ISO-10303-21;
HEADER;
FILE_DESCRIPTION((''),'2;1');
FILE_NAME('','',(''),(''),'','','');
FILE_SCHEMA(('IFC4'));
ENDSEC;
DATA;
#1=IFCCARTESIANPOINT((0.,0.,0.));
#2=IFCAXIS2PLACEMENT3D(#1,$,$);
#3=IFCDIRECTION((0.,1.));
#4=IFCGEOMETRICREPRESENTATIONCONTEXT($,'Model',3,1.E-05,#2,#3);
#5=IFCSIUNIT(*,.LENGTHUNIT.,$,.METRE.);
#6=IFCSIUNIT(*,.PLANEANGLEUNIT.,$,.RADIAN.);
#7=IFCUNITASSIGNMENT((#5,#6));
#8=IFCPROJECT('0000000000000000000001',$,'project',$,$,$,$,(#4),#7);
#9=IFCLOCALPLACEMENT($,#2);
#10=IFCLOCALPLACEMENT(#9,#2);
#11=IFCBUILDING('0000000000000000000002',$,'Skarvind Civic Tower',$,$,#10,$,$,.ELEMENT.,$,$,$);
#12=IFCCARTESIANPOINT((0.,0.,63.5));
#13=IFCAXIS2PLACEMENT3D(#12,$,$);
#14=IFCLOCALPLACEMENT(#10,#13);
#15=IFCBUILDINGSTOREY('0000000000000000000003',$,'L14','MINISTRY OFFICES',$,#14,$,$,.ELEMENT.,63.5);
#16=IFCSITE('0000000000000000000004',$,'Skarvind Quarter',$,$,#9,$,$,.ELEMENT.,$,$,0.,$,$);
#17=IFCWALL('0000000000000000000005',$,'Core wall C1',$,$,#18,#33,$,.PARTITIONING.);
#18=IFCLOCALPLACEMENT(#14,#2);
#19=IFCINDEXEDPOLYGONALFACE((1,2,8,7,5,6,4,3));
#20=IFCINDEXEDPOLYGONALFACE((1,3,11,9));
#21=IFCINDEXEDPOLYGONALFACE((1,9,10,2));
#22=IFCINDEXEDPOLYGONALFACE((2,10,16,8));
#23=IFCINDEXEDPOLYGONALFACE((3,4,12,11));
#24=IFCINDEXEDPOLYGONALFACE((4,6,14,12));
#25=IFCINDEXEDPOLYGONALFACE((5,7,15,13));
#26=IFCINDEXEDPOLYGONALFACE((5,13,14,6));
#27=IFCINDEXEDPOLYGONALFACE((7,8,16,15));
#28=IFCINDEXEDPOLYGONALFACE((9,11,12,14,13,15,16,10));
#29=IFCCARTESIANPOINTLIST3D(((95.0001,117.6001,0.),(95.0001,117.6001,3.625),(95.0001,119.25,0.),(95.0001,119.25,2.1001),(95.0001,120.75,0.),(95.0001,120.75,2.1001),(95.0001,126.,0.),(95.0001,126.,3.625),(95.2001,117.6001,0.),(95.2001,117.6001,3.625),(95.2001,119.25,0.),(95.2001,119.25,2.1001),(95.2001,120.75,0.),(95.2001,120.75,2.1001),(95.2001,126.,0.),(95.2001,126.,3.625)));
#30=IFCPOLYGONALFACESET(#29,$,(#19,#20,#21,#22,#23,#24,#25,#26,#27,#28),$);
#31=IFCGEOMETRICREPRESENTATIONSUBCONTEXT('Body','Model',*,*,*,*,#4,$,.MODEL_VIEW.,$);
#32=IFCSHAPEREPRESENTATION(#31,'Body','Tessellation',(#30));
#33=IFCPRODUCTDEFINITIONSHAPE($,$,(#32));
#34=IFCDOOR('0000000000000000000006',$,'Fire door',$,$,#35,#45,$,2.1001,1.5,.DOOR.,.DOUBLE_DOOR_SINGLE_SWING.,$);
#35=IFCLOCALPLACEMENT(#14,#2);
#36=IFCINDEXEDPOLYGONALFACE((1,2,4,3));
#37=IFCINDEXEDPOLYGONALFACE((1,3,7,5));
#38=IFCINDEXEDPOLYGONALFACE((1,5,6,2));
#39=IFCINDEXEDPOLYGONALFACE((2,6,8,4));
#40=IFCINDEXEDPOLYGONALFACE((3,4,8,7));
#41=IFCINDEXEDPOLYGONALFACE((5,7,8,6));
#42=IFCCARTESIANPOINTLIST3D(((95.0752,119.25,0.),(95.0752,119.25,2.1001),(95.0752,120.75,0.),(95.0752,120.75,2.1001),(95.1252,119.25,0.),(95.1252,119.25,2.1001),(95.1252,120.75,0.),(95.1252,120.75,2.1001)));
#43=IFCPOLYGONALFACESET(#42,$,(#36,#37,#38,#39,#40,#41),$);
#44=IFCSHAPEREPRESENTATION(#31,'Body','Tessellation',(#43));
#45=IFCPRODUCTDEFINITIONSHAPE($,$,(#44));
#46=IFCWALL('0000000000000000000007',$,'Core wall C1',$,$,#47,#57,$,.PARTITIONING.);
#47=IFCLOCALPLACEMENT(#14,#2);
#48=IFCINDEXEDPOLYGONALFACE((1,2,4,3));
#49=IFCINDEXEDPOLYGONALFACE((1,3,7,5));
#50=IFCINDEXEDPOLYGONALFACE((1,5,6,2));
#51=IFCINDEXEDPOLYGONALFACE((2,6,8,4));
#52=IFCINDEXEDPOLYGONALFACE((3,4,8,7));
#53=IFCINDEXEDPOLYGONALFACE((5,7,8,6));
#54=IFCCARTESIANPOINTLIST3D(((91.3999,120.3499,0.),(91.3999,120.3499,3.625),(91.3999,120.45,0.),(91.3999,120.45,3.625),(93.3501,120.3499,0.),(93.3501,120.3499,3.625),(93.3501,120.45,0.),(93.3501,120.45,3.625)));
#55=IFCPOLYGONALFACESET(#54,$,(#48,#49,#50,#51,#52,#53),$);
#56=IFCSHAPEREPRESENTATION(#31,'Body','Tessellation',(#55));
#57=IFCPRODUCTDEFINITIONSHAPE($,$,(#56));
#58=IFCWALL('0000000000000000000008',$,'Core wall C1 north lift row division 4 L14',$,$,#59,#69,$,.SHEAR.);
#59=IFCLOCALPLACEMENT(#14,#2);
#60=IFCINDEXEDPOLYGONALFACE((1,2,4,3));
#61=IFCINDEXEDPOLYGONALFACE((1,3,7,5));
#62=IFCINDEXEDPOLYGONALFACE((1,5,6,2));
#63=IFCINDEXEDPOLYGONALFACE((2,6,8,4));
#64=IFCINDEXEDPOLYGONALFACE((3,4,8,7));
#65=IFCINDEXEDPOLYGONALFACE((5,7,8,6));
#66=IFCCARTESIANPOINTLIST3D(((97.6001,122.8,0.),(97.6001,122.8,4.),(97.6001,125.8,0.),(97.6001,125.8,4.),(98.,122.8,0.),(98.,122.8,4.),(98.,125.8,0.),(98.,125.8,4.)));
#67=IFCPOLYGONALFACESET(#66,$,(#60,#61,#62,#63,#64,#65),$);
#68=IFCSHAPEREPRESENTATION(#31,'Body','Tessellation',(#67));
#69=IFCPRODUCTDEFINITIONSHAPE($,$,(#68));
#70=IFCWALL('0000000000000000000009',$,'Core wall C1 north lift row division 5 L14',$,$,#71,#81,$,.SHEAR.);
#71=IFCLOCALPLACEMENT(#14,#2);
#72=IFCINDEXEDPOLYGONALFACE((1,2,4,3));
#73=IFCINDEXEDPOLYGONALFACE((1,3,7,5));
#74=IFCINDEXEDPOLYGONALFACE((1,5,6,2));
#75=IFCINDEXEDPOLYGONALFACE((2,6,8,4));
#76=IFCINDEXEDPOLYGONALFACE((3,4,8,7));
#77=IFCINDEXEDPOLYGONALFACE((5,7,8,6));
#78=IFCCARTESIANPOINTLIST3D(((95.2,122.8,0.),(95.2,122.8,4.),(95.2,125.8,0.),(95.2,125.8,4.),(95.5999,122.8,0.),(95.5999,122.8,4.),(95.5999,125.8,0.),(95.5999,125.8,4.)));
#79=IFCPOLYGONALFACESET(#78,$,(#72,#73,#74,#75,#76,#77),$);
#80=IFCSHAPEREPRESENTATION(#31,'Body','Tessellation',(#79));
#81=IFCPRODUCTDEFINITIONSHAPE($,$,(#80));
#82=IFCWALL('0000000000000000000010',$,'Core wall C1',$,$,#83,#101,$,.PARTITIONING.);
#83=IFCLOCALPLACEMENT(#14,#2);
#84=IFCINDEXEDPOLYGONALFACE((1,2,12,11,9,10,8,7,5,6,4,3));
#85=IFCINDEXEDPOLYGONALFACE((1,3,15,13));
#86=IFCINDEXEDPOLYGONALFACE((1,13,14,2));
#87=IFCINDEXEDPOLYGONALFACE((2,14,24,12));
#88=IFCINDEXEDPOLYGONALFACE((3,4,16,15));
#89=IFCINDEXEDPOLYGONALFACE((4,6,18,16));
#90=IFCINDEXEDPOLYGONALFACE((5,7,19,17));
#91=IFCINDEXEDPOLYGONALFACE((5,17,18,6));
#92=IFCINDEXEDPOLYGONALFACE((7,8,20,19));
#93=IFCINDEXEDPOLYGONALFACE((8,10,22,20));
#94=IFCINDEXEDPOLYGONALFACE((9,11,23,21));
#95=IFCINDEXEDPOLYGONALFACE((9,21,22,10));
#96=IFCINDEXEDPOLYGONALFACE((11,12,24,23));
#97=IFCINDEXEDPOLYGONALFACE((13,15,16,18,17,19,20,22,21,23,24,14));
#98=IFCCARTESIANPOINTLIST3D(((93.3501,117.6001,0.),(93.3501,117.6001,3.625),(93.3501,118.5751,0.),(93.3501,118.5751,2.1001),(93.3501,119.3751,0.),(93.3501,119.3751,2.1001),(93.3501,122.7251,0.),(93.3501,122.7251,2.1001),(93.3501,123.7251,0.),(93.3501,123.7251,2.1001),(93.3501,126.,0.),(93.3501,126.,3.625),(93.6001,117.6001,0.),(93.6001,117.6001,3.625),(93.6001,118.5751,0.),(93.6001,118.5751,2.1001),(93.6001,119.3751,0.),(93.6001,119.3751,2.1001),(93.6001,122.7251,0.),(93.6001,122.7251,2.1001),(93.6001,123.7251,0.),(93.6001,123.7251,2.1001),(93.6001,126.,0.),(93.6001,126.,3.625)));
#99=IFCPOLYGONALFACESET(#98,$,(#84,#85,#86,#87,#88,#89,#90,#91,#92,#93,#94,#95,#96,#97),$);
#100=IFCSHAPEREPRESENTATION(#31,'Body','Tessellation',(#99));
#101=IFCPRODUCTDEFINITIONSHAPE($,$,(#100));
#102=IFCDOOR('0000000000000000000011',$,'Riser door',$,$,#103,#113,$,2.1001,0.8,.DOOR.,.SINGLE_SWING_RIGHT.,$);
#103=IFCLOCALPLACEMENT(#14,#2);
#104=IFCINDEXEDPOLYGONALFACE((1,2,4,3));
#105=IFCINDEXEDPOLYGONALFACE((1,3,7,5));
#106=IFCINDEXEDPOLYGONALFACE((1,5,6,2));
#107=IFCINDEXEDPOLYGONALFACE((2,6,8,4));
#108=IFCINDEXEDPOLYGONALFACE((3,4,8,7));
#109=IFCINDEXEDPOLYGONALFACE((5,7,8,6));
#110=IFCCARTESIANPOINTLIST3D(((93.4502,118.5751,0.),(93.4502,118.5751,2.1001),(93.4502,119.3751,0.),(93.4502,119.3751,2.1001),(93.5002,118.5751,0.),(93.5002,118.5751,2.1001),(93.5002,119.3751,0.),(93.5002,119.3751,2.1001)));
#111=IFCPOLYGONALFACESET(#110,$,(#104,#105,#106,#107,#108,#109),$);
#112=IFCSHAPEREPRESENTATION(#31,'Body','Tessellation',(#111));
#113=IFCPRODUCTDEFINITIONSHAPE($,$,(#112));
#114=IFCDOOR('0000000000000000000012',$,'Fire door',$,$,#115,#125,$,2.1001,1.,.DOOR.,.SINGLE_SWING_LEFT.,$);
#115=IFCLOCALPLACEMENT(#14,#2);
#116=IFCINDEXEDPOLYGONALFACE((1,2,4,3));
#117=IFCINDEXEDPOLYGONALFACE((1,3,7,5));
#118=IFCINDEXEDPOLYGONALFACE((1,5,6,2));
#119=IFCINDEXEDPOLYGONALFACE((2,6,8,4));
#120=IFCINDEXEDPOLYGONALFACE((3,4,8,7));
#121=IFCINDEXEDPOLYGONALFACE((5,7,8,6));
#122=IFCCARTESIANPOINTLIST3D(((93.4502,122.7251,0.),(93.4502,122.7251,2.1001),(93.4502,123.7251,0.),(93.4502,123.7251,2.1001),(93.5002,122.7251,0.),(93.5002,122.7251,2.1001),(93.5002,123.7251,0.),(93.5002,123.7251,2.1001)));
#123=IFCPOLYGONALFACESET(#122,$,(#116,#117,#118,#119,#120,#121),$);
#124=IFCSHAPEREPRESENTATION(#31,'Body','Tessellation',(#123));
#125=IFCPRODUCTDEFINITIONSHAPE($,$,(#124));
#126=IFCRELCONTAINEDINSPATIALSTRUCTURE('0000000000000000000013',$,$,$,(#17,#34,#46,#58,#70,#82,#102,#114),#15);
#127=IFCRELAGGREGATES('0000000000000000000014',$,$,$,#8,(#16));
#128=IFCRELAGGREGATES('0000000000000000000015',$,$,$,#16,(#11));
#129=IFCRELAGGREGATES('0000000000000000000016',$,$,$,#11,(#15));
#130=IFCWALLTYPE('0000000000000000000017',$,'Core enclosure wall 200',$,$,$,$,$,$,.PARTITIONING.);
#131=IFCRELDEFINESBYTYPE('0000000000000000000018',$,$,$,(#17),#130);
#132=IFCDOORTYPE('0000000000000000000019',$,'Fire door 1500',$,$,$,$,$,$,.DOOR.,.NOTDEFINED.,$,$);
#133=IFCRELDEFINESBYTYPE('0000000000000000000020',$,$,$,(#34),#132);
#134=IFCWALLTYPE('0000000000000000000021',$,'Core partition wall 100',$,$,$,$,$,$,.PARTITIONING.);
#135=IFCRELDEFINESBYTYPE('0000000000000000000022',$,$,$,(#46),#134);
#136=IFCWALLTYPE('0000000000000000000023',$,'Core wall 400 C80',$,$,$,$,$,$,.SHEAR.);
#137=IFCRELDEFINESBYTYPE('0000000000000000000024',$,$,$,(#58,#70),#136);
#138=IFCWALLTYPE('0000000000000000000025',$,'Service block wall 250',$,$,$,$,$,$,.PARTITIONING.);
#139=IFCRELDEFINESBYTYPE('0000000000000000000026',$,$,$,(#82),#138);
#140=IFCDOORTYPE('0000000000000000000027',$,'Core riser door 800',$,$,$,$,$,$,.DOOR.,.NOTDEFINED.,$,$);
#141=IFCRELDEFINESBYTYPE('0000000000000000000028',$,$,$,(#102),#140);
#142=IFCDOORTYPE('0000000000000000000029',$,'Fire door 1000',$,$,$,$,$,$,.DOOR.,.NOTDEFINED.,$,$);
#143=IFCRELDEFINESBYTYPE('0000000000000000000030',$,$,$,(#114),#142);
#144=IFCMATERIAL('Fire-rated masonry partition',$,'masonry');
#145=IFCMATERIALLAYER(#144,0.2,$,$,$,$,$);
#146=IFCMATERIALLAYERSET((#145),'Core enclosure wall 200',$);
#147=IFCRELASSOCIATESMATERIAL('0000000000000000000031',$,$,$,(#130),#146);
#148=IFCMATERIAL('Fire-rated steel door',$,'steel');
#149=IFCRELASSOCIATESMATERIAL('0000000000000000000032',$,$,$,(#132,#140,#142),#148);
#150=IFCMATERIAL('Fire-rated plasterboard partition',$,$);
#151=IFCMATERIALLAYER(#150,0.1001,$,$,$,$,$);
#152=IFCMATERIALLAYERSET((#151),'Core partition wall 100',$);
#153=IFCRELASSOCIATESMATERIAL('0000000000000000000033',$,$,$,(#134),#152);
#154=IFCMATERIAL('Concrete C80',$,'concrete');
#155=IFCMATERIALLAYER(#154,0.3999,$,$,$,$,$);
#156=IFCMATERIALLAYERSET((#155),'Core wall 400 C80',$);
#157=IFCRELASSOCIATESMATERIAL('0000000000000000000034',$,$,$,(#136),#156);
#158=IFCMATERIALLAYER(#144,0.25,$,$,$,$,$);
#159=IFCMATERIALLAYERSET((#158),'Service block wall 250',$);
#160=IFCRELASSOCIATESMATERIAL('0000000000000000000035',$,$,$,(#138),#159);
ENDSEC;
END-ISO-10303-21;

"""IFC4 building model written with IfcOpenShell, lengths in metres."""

from ifc_helpers import new_model, si_unit, direction, frame, frame_2d, origin, place, context, subcontext, project, spatial, rectangle, extrude, material, layer, layer_set, type_object, element, fill, save


model = new_model("IFC4")

# Units and contexts
model_context = context("Model", 3, precision=1e-05, world=origin(), true_north=direction((0.0, 1.0)))
body_context = subcontext(model_context, "Body", "Model", "MODEL_VIEW")
ifc_project = project(units=[si_unit("LENGTHUNIT", "METRE"), si_unit("PLANEANGLEUNIT", "RADIAN")], contexts=[model_context])

# Site, building, storey
site_placement = place(None, origin())
site = spatial("IfcSite", under=ifc_project, at=site_placement, Name="Skarvind Quarter", CompositionType="ELEMENT", RefElevation=0.0)
building_placement = place(site_placement, origin())
building = spatial("IfcBuilding", under=site, at=building_placement, Name="Skarvind Civic Tower", CompositionType="ELEMENT")
storey_placement = place(building_placement, frame((0.0, 0.0, 63.5)))
storey = spatial("IfcBuildingStorey", under=building, at=storey_placement, Name="L14", Description="MINISTRY OFFICES", CompositionType="ELEMENT", Elevation=63.5)

# Shared definitions
ifc_material_1 = material(Name="Concrete C80", Category="concrete")

# Wall, opening, door
ifc_material_2 = material(Name="Fire-rated masonry partition", Category="masonry")
ifc_layer_1 = layer(ifc_material_2, 0.2)
ifc_layer_set_1 = layer_set([ifc_layer_1], Name="Core enclosure wall 200")
wall_type_1 = type_object("IfcWallType", Name="Core enclosure wall 200", PredefinedType="PARTITIONING", material=ifc_layer_set_1)
ifc_material_3 = material(Name="Fire-rated steel door", Category="steel")
wall_1_placement = place(storey_placement, frame((95.1001, 117.6001, 0.0), z_axis=(0.0, 0.0, 1.0), x_axis=(0.0, 1.0, 0.0)))
wall_1 = element("IfcWall", 1, at=wall_1_placement, inside=storey, type_object=wall_type_1, Name="Core wall C1", PredefinedType="PARTITIONING", context=body_context, shape_type="SweptSolid", body=[
    extrude(rectangle(XDim=8.3999, YDim=0.2, at=frame_2d((4.2, 0.0))), origin(), (0.0, 0.0, 1.0), 3.625),
])
opening_1_placement = place(wall_1_placement, frame((1.6499, 0.0, 0.0)))
opening_1 = element("IfcOpeningElement", 2, at=opening_1_placement, cuts=wall_1, PredefinedType="OPENING", context=body_context, shape_type="SweptSolid", body=[
    extrude(rectangle(XDim=1.5, YDim=2.1001, at=frame_2d((0.75, 1.05))), frame((0.0, 0.1099, 0.0), z_axis=(0.0, -1.0, 0.0), x_axis=(1.0, 0.0, 0.0)), (0.0, 0.0, 1.0), 0.22),
])
door_type_1 = type_object("IfcDoorType", Name="Fire door 1500", OperationType="NOTDEFINED", PredefinedType="DOOR", material=ifc_material_3)
door_1_placement = place(opening_1_placement, origin())
door_1 = element("IfcDoor", 3, at=door_1_placement, inside=storey, type_object=door_type_1, Name="Fire door", OperationType="DOUBLE_DOOR_SINGLE_SWING", OverallHeight=2.1001, OverallWidth=1.5, PredefinedType="DOOR", context=body_context, shape_type="SweptSolid", body=[
    extrude(rectangle(XDim=1.5, YDim=2.1001, at=frame_2d((0.75, 1.05))), frame((0.0, 0.0249, 0.0), z_axis=(0.0, -1.0, 0.0), x_axis=(1.0, 0.0, 0.0)), (0.0, 0.0, 1.0), 0.05),
])
fill(opening_1, door_1)

# Walls
ifc_material_4 = material(Name="Fire-rated plasterboard partition")
ifc_layer_2 = layer(ifc_material_4, 0.1001)
ifc_layer_set_2 = layer_set([ifc_layer_2], Name="Core partition wall 100")
wall_type_2 = type_object("IfcWallType", Name="Core partition wall 100", PredefinedType="PARTITIONING", material=ifc_layer_set_2)
wall_2_placement = place(storey_placement, frame((93.3501, 120.3999, 0.0), z_axis=(0.0, 0.0, 1.0), x_axis=(-1.0, 0.0, 0.0)))
element("IfcWall", 4, at=wall_2_placement, inside=storey, type_object=wall_type_2, Name="Core wall C1", PredefinedType="PARTITIONING", context=body_context, shape_type="SweptSolid", body=[
    extrude(rectangle(XDim=1.9502, YDim=0.1001, at=frame_2d((0.9751, 0.0))), origin(), (0.0, 0.0, 1.0), 3.625),
])
ifc_layer_3 = layer(ifc_material_1, 0.3999)
ifc_layer_set_3 = layer_set([ifc_layer_3], Name="Core wall 400 C80")
wall_type_3 = type_object("IfcWallType", Name="Core wall 400 C80", PredefinedType="SHEAR", material=ifc_layer_set_3)
for number, where, z_axis, x_axis, name in (
    (5, (97.8, 125.8, 0.0), (0.0, 0.0, 1.0), (0.0, -1.0, 0.0), "Core wall C1 north lift row division 4 L14"),
    (6, (95.3999, 125.8, 0.0), (0.0, 0.0, 1.0), (0.0, -1.0, 0.0), "Core wall C1 north lift row division 5 L14"),
):
    element("IfcWall", number, at=place(storey_placement, frame(where, z_axis=z_axis, x_axis=x_axis)), inside=storey, type_object=wall_type_3, Name=name, PredefinedType="SHEAR", context=body_context, shape_type="SweptSolid", body=[
        extrude(rectangle(XDim=3.0, YDim=0.3999, at=frame_2d((1.5, 0.0))), origin(), (0.0, 0.0, 1.0), 4.0),
    ])

# Wall, openings, doors
ifc_layer_4 = layer(ifc_material_2, 0.25)
ifc_layer_set_4 = layer_set([ifc_layer_4], Name="Service block wall 250")
wall_type_4 = type_object("IfcWallType", Name="Service block wall 250", PredefinedType="PARTITIONING", material=ifc_layer_set_4)
wall_3_placement = place(storey_placement, frame((93.4751, 117.6001, 0.0), z_axis=(0.0, 0.0, 1.0), x_axis=(0.0, 1.0, 0.0)))
wall_3 = element("IfcWall", 7, at=wall_3_placement, inside=storey, type_object=wall_type_4, Name="Core wall C1", PredefinedType="PARTITIONING", context=body_context, shape_type="SweptSolid", body=[
    extrude(rectangle(XDim=8.3999, YDim=0.25, at=frame_2d((4.2, 0.0))), origin(), (0.0, 0.0, 1.0), 3.625),
])
opening_2_placement = place(wall_3_placement, frame((5.125, 0.0, 0.0)))
opening_2 = element("IfcOpeningElement", 8, at=opening_2_placement, cuts=wall_3, PredefinedType="OPENING", context=body_context, shape_type="SweptSolid", body=[
    extrude(rectangle(XDim=1.0, YDim=2.1001, at=frame_2d((0.5, 1.05))), frame((0.0, 0.135, 0.0), z_axis=(0.0, -1.0, 0.0), x_axis=(1.0, 0.0, 0.0)), (0.0, 0.0, 1.0), 0.27),
])
opening_3_placement = place(wall_3_placement, frame((0.9751, 0.0, 0.0)))
opening_3 = element("IfcOpeningElement", 9, at=opening_3_placement, cuts=wall_3, PredefinedType="OPENING", context=body_context, shape_type="SweptSolid", body=[
    extrude(rectangle(XDim=0.8, YDim=2.1001, at=frame_2d((0.3999, 1.05))), frame((0.0, 0.135, 0.0), z_axis=(0.0, -1.0, 0.0), x_axis=(1.0, 0.0, 0.0)), (0.0, 0.0, 1.0), 0.27),
])
door_type_2 = type_object("IfcDoorType", Name="Core riser door 800", OperationType="NOTDEFINED", PredefinedType="DOOR", material=ifc_material_3)
door_2_placement = place(opening_3_placement, origin())
door_2 = element("IfcDoor", 10, at=door_2_placement, inside=storey, type_object=door_type_2, Name="Riser door", OperationType="SINGLE_SWING_RIGHT", OverallHeight=2.1001, OverallWidth=0.8, PredefinedType="DOOR", context=body_context, shape_type="SweptSolid", body=[
    extrude(rectangle(XDim=0.8, YDim=2.1001, at=frame_2d((0.3999, 1.05))), frame((0.0, 0.0249, 0.0), z_axis=(0.0, -1.0, 0.0), x_axis=(1.0, 0.0, 0.0)), (0.0, 0.0, 1.0), 0.05),
])
fill(opening_3, door_2)
door_type_3 = type_object("IfcDoorType", Name="Fire door 1000", OperationType="NOTDEFINED", PredefinedType="DOOR", material=ifc_material_3)
door_3_placement = place(opening_2_placement, origin())
door_3 = element("IfcDoor", 11, at=door_3_placement, inside=storey, type_object=door_type_3, Name="Fire door", OperationType="SINGLE_SWING_LEFT", OverallHeight=2.1001, OverallWidth=1.0, PredefinedType="DOOR", context=body_context, shape_type="SweptSolid", body=[
    extrude(rectangle(XDim=1.0, YDim=2.1001, at=frame_2d((0.5, 1.05))), frame((0.0, 0.0249, 0.0), z_axis=(0.0, -1.0, 0.0), x_axis=(1.0, 0.0, 0.0)), (0.0, 0.0, 1.0), 0.05),
])
fill(opening_2, door_3)

save(model, "model.ifc")
